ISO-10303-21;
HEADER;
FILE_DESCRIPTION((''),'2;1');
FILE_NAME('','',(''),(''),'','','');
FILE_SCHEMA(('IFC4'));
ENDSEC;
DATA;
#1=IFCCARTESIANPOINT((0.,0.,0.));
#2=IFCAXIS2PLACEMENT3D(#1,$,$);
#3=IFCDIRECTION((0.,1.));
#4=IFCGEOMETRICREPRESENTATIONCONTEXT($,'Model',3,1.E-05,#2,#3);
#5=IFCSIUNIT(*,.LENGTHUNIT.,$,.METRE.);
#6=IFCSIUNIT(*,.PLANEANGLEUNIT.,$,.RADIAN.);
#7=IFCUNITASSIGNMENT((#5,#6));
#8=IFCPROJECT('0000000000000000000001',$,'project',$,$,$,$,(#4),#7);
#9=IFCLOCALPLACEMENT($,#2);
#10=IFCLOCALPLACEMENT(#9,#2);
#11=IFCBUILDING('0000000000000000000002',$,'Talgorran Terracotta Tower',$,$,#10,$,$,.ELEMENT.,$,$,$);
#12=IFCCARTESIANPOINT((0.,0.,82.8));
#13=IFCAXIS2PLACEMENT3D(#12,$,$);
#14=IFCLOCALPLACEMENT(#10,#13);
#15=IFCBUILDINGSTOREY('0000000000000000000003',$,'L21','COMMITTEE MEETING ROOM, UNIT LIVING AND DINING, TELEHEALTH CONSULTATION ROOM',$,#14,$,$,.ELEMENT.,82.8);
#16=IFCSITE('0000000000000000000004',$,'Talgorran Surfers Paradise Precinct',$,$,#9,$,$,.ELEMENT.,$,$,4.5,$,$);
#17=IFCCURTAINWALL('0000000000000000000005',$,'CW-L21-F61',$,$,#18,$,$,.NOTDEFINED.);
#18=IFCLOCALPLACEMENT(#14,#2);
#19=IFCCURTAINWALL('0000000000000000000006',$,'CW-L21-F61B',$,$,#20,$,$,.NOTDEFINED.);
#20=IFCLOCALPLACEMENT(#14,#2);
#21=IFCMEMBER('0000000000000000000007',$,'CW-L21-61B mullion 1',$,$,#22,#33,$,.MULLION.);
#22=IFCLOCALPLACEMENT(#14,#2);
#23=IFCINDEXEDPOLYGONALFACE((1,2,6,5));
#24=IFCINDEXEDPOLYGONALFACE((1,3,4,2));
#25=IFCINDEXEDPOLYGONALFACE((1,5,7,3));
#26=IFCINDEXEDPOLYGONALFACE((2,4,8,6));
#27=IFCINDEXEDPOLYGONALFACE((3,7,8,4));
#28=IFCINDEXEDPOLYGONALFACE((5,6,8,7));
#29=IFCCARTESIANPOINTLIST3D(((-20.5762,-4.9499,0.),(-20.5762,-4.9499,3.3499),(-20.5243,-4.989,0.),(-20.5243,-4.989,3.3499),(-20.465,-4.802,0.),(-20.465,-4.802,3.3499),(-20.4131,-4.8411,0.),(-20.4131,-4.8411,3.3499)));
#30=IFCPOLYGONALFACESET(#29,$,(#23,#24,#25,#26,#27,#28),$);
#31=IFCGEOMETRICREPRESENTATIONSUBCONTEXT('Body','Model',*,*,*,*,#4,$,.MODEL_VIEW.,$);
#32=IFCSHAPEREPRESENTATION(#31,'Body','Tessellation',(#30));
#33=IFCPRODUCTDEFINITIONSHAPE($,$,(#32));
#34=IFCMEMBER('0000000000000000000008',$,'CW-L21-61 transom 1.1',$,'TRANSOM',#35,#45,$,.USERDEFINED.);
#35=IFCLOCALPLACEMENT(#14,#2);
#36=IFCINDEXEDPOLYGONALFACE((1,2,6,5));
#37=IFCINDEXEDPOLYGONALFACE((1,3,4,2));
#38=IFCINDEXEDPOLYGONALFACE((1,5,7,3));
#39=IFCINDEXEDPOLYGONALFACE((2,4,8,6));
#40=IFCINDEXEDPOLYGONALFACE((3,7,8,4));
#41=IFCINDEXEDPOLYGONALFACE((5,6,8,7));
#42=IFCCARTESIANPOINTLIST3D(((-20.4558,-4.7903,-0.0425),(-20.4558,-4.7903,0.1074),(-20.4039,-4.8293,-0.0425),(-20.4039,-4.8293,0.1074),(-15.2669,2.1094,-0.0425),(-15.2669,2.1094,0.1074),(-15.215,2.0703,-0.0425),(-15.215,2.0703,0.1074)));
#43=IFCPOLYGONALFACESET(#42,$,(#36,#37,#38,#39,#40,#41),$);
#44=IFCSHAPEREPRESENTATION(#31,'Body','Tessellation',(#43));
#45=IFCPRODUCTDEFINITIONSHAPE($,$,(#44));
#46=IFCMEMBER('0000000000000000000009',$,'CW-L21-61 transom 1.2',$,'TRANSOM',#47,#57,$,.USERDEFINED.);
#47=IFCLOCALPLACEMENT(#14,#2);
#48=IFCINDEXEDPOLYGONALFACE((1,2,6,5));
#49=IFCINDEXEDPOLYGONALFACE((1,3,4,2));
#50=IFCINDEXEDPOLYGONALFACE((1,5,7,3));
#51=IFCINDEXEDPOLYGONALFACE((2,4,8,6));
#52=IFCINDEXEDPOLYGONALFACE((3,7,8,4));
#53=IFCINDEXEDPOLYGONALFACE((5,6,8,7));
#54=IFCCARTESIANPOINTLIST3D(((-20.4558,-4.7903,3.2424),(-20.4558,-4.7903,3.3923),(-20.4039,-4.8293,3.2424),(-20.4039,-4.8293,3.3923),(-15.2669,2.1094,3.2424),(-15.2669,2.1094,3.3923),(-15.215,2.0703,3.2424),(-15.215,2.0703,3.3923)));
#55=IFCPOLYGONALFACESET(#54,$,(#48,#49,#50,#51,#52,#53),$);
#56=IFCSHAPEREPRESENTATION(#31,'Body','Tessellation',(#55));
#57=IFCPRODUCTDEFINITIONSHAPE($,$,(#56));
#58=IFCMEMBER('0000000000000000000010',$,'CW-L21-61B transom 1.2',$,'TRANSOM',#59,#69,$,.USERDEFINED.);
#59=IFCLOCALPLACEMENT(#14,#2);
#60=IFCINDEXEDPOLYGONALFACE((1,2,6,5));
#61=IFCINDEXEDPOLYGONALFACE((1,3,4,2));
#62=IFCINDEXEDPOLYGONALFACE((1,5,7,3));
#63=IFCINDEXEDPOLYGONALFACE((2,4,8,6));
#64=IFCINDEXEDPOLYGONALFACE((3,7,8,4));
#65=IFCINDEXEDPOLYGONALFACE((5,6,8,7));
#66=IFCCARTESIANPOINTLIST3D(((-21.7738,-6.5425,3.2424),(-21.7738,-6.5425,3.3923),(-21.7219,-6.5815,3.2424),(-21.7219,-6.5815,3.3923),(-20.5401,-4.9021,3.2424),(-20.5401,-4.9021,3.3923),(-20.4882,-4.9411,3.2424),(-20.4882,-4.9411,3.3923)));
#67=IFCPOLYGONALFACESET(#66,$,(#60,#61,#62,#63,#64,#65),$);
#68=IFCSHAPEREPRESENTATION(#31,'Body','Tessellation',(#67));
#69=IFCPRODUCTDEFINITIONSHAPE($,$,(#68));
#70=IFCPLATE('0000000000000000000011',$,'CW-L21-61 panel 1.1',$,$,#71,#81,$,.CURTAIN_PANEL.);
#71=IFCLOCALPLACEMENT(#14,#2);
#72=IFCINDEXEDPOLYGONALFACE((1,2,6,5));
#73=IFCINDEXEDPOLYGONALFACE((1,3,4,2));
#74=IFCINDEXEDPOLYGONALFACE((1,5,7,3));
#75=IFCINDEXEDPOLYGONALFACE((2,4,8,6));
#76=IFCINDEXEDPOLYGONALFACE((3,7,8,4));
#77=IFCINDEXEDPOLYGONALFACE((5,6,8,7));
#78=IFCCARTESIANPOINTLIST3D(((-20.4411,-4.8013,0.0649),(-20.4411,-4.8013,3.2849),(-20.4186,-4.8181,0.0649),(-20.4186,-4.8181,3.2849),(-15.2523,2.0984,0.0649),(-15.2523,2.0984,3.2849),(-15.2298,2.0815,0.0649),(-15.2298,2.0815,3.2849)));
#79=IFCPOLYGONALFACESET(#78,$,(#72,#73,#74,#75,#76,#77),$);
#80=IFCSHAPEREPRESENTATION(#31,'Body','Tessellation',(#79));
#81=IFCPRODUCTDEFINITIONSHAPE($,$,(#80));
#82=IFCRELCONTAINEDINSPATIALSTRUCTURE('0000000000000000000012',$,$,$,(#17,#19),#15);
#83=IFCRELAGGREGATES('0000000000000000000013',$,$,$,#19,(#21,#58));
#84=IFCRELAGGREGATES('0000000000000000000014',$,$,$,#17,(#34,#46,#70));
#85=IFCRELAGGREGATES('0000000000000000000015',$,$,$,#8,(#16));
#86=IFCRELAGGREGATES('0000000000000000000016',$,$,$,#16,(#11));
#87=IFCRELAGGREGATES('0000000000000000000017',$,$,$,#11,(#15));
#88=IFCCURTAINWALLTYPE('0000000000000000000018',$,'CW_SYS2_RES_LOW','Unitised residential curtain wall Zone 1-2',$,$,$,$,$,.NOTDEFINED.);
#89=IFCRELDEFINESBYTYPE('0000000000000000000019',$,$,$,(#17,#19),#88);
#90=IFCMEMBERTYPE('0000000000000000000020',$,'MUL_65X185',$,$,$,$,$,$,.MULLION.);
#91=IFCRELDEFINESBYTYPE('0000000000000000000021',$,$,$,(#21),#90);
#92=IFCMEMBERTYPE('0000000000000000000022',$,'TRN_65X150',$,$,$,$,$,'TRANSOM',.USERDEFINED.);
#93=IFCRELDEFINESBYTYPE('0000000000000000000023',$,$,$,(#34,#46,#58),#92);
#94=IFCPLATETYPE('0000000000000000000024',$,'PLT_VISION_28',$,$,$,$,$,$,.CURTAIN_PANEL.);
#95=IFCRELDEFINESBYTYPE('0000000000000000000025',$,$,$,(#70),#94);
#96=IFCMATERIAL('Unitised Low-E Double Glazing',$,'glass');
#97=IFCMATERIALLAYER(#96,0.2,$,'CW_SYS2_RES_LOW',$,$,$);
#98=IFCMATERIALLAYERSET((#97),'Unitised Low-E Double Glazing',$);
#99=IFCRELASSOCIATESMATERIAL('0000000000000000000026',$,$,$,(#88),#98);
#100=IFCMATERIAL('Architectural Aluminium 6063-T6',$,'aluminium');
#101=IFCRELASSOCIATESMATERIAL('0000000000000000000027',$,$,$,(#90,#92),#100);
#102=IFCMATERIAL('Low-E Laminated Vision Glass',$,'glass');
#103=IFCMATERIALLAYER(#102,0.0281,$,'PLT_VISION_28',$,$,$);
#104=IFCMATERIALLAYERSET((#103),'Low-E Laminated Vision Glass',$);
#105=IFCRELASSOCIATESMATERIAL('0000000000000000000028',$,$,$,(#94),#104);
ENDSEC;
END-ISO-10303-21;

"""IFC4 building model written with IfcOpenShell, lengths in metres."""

from ifc_helpers import new_model, si_unit, direction, frame, origin, origin_2d, place, context, subcontext, project, spatial, rectangle, extrude, source, transform, mapped, material, layer, layer_set, material_profile, profile_set, type_object, type_shapes, element, aggregate, save


model = new_model("IFC4")

# Units and contexts
model_context = context("Model", 3, precision=1e-05, world=origin(), true_north=direction((0.0, 1.0)))
body_context = subcontext(model_context, "Body", "Model", "MODEL_VIEW")
ifc_project = project(units=[si_unit("LENGTHUNIT", "METRE"), si_unit("PLANEANGLEUNIT", "RADIAN")], contexts=[model_context])

# Site, building, storey
site_placement = place(None, origin())
site = spatial("IfcSite", under=ifc_project, at=site_placement, Name="Talgorran Surfers Paradise Precinct", CompositionType="ELEMENT", RefElevation=4.5)
building_placement = place(site_placement, origin())
building = spatial("IfcBuilding", under=site, at=building_placement, Name="Talgorran Terracotta Tower", CompositionType="ELEMENT")
storey_placement = place(building_placement, frame((0.0, 0.0, 82.8)))
storey = spatial("IfcBuildingStorey", under=building, at=storey_placement, Name="L21", Description="COMMITTEE MEETING ROOM, UNIT LIVING AND DINING, TELEHEALTH CONSULTATION ROOM", CompositionType="ELEMENT", Elevation=82.8)

# Curtain walls, member
ifc_material_1 = material(Name="Unitised Low-E Double Glazing", Category="glass")
ifc_layer_1 = layer(ifc_material_1, 0.2, Name="CW_SYS2_RES_LOW")
ifc_layer_set_1 = layer_set([ifc_layer_1], Name="Unitised Low-E Double Glazing")
curtain_wall_type = type_object("IfcCurtainWallType", Name="CW_SYS2_RES_LOW", Description="Unitised residential curtain wall Zone 1-2", PredefinedType="NOTDEFINED", material=ifc_layer_set_1)
curtain_wall_1_placement = place(storey_placement, origin())
curtain_wall_1 = element("IfcCurtainWall", 1, at=curtain_wall_1_placement, inside=storey, type_object=curtain_wall_type, Name="CW-L21-F61", PredefinedType="NOTDEFINED")
ifc_material_2 = material(Name="Architectural Aluminium 6063-T6", Category="aluminium")
ifc_material_profile_1 = material_profile(ifc_material_2, rectangle(XDim=0.0649, YDim=0.1851, at=origin_2d()), Name="CWM65X185")
ifc_profile_set_1 = profile_set([ifc_material_profile_1], Name="Architectural Aluminium 6063-T6")
member_type_1 = type_object("IfcMemberType", Name="MUL_65X185", PredefinedType="MULLION", material=ifc_profile_set_1)
curtain_wall_2_placement = place(storey_placement, origin())
curtain_wall_2 = element("IfcCurtainWall", 2, at=curtain_wall_2_placement, inside=storey, type_object=curtain_wall_type, Name="CW-L21-F61B", PredefinedType="NOTDEFINED")
member_1_placement = place(storey_placement, frame((-20.4946, -4.8955, 0.0), z_axis=(0.0, 0.0, 1.0), x_axis=(0.799213, -0.601048, 0.0)))
member_1 = element("IfcMember", 3, at=member_1_placement, type_object=member_type_1, Name="CW-L21-61B mullion 1", PredefinedType="MULLION", context=body_context, shape_type="SweptSolid", body=[
    extrude(rectangle(XDim=0.0649, YDim=0.1851, at=origin_2d()), origin(), (0.0, 0.0, 1.0), 3.3499),
])

# Members
ifc_material_profile_2 = material_profile(ifc_material_2, rectangle(XDim=0.0649, YDim=0.1499, at=origin_2d()), Name="CWT65X150")
ifc_profile_set_2 = profile_set([ifc_material_profile_2], Name="Architectural Aluminium 6063-T6")
member_type_2 = type_object("IfcMemberType", Name="TRN_65X150", ElementType="TRANSOM", PredefinedType="USERDEFINED", material=ifc_profile_set_2)
member_2_placement = place(storey_placement, frame((-15.241, 2.0898, 0.0325), z_axis=(-0.601054, -0.799209, 0.0), x_axis=(0.799209, -0.601054, 0.0)))
member_2 = element("IfcMember", 4, at=member_2_placement, type_object=member_type_2, Name="CW-L21-61 transom 1.1", ObjectType="TRANSOM", PredefinedType="USERDEFINED", context=body_context, shape_type="SweptSolid", body=[
    extrude(rectangle(XDim=0.0649, YDim=0.1499, at=origin_2d()), origin(), (0.0, 0.0, 1.0), 8.6331),
])
member_3_placement = place(storey_placement, frame((-15.241, 2.0898, 3.3174), z_axis=(-0.601054, -0.799209, 0.0), x_axis=(0.799209, -0.601054, 0.0)))
member_3 = element("IfcMember", 5, at=member_3_placement, type_object=member_type_2, Name="CW-L21-61 transom 1.2", ObjectType="TRANSOM", PredefinedType="USERDEFINED", context=body_context, shape_type="SweptSolid", body=[
    extrude(rectangle(XDim=0.0649, YDim=0.1499, at=origin_2d()), origin(), (0.0, 0.0, 1.0), 8.6331),
])
member_4_placement = place(storey_placement, frame((-20.5142, -4.9216, 3.3174), z_axis=(-0.601046, -0.799214, 0.0), x_axis=(0.799214, -0.601046, 0.0)))
member_4 = element("IfcMember", 6, at=member_4_placement, type_object=member_type_2, Name="CW-L21-61B transom 1.2", ObjectType="TRANSOM", PredefinedType="USERDEFINED", context=body_context, shape_type="SweptSolid", body=[
    extrude(rectangle(XDim=0.0649, YDim=0.1499, at=origin_2d()), origin(), (0.0, 0.0, 1.0), 2.0525),
])
aggregate(curtain_wall_2, [member_1, member_4])

# Plate
ifc_material_3 = material(Name="Low-E Laminated Vision Glass", Category="glass")
ifc_layer_2 = layer(ifc_material_3, 0.0281, Name="PLT_VISION_28")
ifc_layer_set_2 = layer_set([ifc_layer_2], Name="Low-E Laminated Vision Glass")
plate_type = type_object("IfcPlateType", Name="PLT_VISION_28", PredefinedType="CURTAIN_PANEL", material=ifc_layer_set_2)
shared_shape = source(origin(), body_context, "Body", "SweptSolid", [
    extrude(rectangle(XDim=8.6331, YDim=0.0281, at=origin_2d()), origin(), (0.0, 0.0, 1.0), 3.22),
])
type_shapes(plate_type, [shared_shape])
plate_placement = place(storey_placement, frame((-17.8354, -1.3599, 0.0649), z_axis=(0.0, 0.0, 1.0), x_axis=(-0.601042, -0.799217, 0.0)))
plate = element("IfcPlate", 7, at=plate_placement, type_object=plate_type, Name="CW-L21-61 panel 1.1", PredefinedType="CURTAIN_PANEL", context=body_context, shape_type="MappedRepresentation", body=[
    mapped(shared_shape, transform((0.0, 0.0, 0.0), scale=1.0)),
])
aggregate(curtain_wall_1, [member_2, member_3, plate])

save(model, "model.ifc")
